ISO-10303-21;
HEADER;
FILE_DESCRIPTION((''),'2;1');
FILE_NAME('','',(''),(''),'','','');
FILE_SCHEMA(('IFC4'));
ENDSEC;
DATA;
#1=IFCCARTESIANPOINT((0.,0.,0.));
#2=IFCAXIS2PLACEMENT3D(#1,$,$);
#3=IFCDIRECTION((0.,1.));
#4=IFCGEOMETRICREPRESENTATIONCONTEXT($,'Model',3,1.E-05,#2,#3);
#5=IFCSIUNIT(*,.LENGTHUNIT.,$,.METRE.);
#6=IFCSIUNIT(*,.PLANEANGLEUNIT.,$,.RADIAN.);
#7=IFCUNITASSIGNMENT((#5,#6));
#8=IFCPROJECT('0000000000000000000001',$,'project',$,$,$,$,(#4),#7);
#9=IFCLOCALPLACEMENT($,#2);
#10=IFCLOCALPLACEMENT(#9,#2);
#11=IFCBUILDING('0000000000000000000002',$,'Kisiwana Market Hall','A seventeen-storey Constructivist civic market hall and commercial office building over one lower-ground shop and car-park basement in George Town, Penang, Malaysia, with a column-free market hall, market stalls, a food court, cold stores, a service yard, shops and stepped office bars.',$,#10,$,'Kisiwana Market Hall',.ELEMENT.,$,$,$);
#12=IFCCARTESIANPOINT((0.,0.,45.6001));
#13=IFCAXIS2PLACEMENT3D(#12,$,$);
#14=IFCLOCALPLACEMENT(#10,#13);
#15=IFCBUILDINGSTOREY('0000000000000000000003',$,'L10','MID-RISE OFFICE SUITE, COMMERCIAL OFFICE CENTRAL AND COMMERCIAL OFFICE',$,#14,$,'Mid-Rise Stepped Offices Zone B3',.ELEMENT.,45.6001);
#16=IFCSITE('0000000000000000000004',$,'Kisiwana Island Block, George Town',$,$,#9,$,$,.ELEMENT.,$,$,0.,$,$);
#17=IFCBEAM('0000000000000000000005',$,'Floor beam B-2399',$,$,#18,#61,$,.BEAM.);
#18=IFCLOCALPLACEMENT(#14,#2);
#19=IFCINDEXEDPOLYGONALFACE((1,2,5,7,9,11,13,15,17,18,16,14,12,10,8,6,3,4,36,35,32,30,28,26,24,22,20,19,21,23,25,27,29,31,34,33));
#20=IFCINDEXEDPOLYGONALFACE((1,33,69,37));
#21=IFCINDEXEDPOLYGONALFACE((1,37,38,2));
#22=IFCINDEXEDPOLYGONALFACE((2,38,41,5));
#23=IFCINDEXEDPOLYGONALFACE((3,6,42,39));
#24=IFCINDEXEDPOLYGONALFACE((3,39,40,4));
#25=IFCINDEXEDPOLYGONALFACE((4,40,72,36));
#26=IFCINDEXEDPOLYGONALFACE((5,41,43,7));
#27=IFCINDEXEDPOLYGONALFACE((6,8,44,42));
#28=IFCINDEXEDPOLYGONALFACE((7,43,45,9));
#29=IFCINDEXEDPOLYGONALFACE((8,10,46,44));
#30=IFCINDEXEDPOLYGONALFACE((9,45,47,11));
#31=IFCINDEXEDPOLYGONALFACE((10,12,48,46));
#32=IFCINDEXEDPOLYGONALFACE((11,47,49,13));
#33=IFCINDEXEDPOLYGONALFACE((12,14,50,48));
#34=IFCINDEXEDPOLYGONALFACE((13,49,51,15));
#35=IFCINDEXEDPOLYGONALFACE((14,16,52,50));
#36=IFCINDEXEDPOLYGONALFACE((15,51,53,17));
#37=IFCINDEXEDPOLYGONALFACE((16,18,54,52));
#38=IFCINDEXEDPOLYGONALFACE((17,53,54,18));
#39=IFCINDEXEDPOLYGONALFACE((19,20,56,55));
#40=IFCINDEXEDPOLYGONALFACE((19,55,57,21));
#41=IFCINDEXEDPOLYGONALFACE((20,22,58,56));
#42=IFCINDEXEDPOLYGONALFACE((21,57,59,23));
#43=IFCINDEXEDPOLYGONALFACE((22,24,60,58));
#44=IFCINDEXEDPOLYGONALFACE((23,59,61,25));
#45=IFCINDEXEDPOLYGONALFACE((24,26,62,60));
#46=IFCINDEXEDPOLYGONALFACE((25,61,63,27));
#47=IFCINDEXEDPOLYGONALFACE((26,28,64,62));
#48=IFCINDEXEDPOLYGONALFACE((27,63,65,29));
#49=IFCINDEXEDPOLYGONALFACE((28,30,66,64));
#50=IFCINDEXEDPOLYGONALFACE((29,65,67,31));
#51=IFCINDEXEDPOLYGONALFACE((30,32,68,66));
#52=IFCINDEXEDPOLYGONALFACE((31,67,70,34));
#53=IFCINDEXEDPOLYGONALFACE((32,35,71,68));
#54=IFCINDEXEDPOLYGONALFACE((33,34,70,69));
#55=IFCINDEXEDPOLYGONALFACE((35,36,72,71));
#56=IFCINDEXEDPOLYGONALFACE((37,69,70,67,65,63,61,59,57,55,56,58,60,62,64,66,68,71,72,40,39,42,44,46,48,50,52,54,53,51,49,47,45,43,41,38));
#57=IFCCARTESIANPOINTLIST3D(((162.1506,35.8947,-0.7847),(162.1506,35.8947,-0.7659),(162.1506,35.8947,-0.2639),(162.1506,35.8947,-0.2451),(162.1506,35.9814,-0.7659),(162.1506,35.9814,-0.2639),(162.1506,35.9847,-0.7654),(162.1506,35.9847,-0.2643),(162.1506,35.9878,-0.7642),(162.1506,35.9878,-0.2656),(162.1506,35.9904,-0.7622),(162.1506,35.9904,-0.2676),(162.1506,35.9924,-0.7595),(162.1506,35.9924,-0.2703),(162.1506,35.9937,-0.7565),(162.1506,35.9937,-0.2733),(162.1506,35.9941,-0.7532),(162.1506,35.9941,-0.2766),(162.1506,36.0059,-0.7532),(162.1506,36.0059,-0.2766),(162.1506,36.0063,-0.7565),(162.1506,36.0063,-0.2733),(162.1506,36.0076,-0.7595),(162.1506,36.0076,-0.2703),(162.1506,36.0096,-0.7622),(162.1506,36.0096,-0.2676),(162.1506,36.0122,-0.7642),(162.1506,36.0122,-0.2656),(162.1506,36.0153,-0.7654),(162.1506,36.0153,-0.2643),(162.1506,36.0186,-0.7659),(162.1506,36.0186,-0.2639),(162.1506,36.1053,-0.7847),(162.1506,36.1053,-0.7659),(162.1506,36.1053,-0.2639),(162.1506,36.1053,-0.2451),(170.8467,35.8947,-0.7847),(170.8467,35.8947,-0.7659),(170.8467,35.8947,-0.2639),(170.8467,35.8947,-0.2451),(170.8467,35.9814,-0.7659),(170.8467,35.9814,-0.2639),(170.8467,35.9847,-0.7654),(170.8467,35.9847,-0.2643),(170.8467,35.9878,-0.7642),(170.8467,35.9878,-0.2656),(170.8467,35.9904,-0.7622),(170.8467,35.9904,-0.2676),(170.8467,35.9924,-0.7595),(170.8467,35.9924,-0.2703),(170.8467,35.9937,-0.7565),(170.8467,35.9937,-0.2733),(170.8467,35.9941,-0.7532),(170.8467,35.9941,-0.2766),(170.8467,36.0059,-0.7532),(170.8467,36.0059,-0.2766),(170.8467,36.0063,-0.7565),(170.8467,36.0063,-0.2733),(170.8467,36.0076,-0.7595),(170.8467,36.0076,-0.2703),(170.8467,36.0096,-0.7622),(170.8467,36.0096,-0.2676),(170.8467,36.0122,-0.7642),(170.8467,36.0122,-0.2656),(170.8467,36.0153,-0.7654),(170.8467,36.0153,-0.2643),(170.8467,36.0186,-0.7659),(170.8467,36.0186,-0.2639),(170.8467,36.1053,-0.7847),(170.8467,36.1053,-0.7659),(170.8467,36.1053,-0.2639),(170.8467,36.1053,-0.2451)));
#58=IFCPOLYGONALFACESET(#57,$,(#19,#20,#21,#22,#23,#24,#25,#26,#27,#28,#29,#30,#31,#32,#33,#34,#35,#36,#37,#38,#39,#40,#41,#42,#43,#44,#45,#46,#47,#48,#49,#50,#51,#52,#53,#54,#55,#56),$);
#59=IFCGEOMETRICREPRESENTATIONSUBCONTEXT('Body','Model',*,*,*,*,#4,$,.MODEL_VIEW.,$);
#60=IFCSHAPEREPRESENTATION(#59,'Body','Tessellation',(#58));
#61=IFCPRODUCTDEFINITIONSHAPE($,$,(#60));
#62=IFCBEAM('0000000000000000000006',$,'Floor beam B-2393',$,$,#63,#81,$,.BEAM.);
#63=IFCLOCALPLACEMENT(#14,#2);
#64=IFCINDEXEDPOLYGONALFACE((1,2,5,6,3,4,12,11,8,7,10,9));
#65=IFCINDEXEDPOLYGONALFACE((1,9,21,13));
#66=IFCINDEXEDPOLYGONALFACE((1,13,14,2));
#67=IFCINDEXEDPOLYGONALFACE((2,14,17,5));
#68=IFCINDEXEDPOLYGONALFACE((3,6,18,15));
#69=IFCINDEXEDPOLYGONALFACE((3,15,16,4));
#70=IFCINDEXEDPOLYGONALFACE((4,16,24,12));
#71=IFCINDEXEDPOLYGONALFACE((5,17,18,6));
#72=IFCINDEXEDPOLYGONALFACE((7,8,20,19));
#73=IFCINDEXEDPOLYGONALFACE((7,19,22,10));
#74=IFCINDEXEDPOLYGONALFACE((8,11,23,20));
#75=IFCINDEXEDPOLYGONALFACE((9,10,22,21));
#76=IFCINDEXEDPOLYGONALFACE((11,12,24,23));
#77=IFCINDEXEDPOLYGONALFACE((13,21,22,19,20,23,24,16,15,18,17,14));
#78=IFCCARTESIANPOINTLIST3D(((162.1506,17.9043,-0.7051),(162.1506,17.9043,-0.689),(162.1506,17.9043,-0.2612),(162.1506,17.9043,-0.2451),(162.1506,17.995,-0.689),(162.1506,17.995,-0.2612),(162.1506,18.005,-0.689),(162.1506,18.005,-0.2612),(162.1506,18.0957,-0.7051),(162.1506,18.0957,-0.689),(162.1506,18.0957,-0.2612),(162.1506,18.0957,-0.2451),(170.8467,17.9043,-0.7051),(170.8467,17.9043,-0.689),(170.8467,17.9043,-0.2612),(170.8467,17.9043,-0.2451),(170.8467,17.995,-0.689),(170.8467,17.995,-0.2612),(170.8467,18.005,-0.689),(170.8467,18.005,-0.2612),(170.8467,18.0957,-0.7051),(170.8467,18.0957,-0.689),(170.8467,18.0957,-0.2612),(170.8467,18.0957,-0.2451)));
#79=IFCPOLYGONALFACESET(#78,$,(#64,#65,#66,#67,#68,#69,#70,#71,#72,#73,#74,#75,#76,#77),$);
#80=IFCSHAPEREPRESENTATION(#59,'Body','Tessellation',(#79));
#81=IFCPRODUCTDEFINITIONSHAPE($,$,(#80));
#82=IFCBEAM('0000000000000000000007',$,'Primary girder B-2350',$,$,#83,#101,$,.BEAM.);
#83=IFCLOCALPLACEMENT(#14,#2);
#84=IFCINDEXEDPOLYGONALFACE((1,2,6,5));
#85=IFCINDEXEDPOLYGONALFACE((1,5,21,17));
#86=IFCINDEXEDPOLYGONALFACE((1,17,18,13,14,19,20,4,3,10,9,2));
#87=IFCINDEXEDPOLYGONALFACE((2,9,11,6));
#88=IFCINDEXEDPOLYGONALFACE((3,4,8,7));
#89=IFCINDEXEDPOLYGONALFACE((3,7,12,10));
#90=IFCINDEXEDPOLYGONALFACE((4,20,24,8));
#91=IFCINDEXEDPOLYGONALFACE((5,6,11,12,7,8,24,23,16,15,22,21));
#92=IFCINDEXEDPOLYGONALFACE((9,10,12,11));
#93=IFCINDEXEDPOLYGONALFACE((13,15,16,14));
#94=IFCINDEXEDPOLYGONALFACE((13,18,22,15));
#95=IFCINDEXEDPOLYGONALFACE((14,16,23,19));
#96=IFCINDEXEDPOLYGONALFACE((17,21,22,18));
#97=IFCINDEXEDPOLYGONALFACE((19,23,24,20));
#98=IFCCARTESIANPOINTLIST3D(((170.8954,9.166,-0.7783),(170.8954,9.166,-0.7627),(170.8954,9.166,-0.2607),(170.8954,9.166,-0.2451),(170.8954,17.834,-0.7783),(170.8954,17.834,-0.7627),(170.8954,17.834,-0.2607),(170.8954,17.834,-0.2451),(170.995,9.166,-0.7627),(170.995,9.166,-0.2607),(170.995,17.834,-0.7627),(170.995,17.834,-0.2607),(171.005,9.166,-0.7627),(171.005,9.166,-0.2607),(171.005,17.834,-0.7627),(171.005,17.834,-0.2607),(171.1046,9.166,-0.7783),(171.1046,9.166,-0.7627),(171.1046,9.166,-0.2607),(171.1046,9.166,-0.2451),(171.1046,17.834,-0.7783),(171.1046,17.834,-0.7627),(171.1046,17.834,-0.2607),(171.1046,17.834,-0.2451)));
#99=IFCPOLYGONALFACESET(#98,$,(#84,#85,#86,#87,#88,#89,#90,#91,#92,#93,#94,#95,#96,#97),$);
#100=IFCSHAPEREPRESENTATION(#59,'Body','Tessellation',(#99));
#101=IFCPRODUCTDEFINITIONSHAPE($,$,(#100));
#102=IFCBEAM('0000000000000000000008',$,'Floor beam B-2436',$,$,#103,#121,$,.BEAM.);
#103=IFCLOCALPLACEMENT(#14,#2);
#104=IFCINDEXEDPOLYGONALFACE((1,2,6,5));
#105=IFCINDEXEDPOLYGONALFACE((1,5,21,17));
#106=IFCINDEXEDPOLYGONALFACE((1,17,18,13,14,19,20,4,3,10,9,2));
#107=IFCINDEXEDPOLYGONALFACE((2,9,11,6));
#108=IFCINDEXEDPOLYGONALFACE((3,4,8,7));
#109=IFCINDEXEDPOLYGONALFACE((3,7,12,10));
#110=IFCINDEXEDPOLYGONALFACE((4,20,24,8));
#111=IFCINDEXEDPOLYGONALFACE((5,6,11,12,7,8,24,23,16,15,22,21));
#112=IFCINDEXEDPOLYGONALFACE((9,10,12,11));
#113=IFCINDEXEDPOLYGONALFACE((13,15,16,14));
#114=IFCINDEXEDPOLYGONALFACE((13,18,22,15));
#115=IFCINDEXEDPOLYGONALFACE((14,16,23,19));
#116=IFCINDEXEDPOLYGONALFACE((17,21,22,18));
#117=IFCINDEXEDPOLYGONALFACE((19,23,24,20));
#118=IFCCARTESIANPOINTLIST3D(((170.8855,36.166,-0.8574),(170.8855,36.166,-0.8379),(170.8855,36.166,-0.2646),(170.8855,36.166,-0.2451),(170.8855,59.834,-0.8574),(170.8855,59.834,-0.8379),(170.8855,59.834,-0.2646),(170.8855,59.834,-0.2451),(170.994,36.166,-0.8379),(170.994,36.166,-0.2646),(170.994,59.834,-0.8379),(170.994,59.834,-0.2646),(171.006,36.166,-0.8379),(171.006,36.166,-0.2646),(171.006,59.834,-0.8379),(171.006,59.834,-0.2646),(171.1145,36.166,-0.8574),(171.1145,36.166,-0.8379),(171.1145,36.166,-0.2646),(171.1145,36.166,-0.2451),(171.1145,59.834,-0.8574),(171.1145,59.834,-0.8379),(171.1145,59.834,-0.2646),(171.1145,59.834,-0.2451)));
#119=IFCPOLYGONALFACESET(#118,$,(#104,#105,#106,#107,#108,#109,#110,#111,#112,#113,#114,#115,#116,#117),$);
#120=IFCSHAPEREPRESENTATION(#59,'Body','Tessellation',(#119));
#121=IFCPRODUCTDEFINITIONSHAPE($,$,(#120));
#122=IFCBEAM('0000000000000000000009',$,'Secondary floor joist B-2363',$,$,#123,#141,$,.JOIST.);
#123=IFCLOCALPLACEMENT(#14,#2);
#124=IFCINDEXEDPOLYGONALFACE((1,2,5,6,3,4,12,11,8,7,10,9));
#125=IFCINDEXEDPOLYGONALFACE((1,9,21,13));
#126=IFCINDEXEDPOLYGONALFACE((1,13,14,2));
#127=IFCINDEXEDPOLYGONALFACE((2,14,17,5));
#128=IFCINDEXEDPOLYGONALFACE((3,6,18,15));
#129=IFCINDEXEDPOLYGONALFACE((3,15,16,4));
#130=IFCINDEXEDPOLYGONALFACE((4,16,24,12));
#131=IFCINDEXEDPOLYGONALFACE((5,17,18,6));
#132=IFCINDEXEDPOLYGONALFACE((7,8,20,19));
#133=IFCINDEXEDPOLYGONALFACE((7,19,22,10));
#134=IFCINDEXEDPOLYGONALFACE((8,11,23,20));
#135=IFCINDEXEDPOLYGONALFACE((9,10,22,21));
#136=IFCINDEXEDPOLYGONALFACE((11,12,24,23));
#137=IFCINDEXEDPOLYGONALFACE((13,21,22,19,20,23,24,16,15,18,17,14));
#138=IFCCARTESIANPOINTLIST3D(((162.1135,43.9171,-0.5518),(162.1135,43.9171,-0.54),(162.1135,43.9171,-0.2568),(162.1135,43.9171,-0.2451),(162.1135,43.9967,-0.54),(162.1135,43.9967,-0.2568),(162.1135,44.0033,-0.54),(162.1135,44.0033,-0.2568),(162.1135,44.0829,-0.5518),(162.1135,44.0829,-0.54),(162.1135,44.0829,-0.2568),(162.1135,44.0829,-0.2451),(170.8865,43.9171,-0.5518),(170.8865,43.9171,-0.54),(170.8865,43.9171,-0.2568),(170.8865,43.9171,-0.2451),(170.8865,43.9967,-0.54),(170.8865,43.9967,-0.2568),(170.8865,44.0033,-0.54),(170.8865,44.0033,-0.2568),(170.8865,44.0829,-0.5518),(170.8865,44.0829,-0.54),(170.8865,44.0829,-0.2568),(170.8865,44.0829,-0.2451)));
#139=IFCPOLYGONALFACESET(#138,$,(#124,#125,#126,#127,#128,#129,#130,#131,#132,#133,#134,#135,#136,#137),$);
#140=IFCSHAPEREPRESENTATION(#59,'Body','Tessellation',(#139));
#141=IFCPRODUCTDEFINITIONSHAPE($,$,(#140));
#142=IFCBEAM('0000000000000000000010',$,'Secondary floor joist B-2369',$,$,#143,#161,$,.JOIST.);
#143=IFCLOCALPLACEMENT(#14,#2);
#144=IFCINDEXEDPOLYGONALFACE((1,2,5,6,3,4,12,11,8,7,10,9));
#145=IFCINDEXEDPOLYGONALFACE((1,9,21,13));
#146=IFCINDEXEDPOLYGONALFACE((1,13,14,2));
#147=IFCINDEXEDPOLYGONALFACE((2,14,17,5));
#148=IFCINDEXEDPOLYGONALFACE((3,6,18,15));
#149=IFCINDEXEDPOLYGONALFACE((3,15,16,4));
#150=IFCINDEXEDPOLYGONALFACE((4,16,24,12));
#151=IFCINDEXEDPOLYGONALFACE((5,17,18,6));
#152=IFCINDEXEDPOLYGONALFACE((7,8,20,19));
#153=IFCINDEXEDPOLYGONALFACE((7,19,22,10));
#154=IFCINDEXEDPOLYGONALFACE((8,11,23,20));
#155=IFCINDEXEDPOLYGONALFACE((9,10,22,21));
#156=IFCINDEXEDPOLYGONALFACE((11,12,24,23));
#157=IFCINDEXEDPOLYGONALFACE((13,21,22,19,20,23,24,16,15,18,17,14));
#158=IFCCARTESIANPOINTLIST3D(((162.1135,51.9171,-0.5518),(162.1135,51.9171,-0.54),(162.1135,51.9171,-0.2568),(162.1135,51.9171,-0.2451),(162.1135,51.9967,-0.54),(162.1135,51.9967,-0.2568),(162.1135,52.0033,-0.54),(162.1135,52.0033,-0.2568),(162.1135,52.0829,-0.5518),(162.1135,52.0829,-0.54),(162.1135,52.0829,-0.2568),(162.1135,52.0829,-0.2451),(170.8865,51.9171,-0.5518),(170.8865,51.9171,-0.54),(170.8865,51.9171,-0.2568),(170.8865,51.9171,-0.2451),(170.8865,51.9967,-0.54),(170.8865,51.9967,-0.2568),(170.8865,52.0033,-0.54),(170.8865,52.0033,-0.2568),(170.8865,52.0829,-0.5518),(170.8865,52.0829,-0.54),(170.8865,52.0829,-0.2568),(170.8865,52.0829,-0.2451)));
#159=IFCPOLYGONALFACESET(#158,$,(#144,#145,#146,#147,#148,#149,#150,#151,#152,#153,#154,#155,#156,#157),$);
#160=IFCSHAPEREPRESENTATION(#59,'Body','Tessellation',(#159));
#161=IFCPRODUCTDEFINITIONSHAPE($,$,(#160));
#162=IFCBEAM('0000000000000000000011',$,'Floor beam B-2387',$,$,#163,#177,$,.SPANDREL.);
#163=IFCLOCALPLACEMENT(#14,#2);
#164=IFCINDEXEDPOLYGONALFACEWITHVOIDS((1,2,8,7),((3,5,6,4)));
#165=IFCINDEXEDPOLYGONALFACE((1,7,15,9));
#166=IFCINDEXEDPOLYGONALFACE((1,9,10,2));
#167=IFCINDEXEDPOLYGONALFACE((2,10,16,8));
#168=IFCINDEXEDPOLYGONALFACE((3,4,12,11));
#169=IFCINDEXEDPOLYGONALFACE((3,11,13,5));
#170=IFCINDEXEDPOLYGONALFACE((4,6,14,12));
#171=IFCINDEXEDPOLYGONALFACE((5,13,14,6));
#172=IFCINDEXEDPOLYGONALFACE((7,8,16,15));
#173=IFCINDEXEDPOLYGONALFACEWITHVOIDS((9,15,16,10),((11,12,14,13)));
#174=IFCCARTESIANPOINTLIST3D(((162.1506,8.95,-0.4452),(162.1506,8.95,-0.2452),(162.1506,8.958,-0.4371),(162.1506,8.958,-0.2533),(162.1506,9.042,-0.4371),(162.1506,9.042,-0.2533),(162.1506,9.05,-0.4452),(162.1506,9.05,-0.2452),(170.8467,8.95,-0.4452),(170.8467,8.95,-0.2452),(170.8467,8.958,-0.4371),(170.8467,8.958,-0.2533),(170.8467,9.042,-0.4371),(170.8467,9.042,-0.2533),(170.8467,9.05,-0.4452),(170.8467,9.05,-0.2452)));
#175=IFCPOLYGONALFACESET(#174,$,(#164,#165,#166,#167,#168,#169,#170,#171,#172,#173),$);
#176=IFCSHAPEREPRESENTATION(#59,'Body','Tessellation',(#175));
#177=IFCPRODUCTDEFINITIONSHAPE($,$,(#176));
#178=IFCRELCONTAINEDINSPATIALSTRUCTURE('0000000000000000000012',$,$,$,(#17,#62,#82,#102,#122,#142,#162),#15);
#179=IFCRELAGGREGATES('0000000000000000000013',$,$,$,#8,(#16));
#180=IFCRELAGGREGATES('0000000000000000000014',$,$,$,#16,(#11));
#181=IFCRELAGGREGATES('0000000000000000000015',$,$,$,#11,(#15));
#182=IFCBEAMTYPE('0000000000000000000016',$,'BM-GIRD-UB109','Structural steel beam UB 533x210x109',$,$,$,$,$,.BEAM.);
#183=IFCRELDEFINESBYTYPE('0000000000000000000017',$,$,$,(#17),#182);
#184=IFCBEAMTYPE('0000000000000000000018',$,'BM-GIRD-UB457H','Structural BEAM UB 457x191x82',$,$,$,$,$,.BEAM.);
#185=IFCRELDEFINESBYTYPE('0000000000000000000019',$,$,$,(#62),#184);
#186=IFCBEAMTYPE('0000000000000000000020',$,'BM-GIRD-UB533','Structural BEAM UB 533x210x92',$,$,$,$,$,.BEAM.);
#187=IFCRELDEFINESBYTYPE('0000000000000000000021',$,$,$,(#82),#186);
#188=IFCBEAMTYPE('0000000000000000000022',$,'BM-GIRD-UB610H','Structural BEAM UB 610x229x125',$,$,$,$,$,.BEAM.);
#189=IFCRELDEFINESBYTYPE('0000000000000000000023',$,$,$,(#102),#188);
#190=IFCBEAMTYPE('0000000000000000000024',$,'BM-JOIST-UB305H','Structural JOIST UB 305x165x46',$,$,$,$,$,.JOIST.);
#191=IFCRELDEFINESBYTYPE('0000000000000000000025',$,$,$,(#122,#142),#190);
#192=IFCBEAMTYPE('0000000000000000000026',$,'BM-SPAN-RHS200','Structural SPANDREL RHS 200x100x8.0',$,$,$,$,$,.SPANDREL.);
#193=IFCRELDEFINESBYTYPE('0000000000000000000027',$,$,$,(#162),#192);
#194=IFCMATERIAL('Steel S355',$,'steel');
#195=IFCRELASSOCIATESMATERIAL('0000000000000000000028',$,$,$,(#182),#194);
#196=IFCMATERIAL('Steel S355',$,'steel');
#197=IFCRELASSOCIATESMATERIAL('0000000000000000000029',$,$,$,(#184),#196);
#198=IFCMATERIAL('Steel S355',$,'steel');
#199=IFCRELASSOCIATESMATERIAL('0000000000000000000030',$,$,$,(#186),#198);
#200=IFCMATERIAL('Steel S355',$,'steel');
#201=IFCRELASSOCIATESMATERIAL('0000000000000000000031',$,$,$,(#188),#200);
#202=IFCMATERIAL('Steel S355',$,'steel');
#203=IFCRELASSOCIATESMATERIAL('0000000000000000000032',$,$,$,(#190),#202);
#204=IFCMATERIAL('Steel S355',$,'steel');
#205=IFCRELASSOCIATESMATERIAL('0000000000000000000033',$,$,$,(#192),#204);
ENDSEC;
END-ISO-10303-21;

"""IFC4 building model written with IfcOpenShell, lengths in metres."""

from ifc_helpers import new_model, si_unit, direction, frame, origin, origin_2d, place, context, subcontext, project, spatial, hollow_rectangle, i_section, extrude, material, material_profile, profile_set, type_object, element, save


model = new_model("IFC4")

# Units and contexts
model_context = context("Model", 3, precision=1e-05, world=origin(), true_north=direction((0.0, 1.0)))
body_context = subcontext(model_context, "Body", "Model", "MODEL_VIEW")
ifc_project = project(units=[si_unit("LENGTHUNIT", "METRE"), si_unit("PLANEANGLEUNIT", "RADIAN")], contexts=[model_context])

# Site, building, storey
site_placement = place(None, origin())
site = spatial("IfcSite", under=ifc_project, at=site_placement, Name="Kisiwana Island Block, George Town", CompositionType="ELEMENT", RefElevation=0.0)
building_placement = place(site_placement, origin())
building = spatial("IfcBuilding", under=site, at=building_placement, Name="Kisiwana Market Hall", Description="A seventeen-storey Constructivist civic market hall and commercial office building over one lower-ground shop and car-park basement in George Town, Penang, Malaysia, with a column-free market hall, market stalls, a food court, cold stores, a service yard, shops and stepped office bars.", LongName="Kisiwana Market Hall", CompositionType="ELEMENT")
storey_placement = place(building_placement, frame((0.0, 0.0, 45.6001)))
storey = spatial("IfcBuildingStorey", under=building, at=storey_placement, Name="L10", Description="MID-RISE OFFICE SUITE, COMMERCIAL OFFICE CENTRAL AND COMMERCIAL OFFICE", LongName="Mid-Rise Stepped Offices Zone B3", CompositionType="ELEMENT", Elevation=45.6001)

# Beams
ifc_material_1 = material(Name="Steel S355", Category="steel")
ifc_material_profile_1 = material_profile(ifc_material_1, i_section(OverallWidth=0.2107, OverallDepth=0.5396, WebThickness=0.0117, FlangeThickness=0.0188, FilletRadius=0.0127, at=origin_2d()), Name="UB 533x210x109")
ifc_profile_set_1 = profile_set([ifc_material_profile_1], Name="Steel S355")
beam_type_1 = type_object("IfcBeamType", Name="BM-GIRD-UB109", Description="Structural steel beam UB 533x210x109", PredefinedType="BEAM", material=ifc_profile_set_1)
beam_1_placement = place(storey_placement, frame((162.1506, 36.0, -0.5149), z_axis=(1.0, 0.0, 0.0), x_axis=(0.0, 1.0, 0.0)))
element("IfcBeam", 1, at=beam_1_placement, inside=storey, type_object=beam_type_1, Name="Floor beam B-2399", PredefinedType="BEAM", context=body_context, shape_type="SweptSolid", body=[
    extrude(i_section(OverallWidth=0.2107, OverallDepth=0.5396, WebThickness=0.0117, FlangeThickness=0.0188, FilletRadius=0.0127, at=origin_2d()), origin(), (0.0, 0.0, 1.0), 8.696),
])
ifc_material_2 = material(Name="Steel S355", Category="steel")
ifc_material_profile_2 = material_profile(ifc_material_2, i_section(OverallWidth=0.1914, OverallDepth=0.46, WebThickness=0.01, FlangeThickness=0.0161, at=origin_2d()), Name="UB 457x191x82")
ifc_profile_set_2 = profile_set([ifc_material_profile_2], Name="Steel S355")
beam_type_2 = type_object("IfcBeamType", Name="BM-GIRD-UB457H", Description="Structural BEAM UB 457x191x82", PredefinedType="BEAM", material=ifc_profile_set_2)
beam_2_placement = place(storey_placement, frame((162.1506, 18.0, -0.4751), z_axis=(1.0, 0.0, 0.0), x_axis=(0.0, 1.0, 0.0)))
element("IfcBeam", 2, at=beam_2_placement, inside=storey, type_object=beam_type_2, Name="Floor beam B-2393", PredefinedType="BEAM", context=body_context, shape_type="SweptSolid", body=[
    extrude(i_section(OverallWidth=0.1914, OverallDepth=0.46, WebThickness=0.01, FlangeThickness=0.0161, at=origin_2d()), origin(), (0.0, 0.0, 1.0), 8.696),
])
ifc_material_3 = material(Name="Steel S355", Category="steel")
ifc_material_profile_3 = material_profile(ifc_material_3, i_section(OverallWidth=0.2092, OverallDepth=0.5332, WebThickness=0.01, FlangeThickness=0.0156, at=origin_2d()), Name="UB 533x210x92")
ifc_profile_set_3 = profile_set([ifc_material_profile_3], Name="Steel S355")
beam_type_3 = type_object("IfcBeamType", Name="BM-GIRD-UB533", Description="Structural BEAM UB 533x210x92", PredefinedType="BEAM", material=ifc_profile_set_3)
beam_3_placement = place(storey_placement, frame((171.0, 9.166, -0.5117), z_axis=(0.0, 1.0, 0.0), x_axis=(-1.0, 0.0, 0.0)))
element("IfcBeam", 3, at=beam_3_placement, inside=storey, type_object=beam_type_3, Name="Primary girder B-2350", PredefinedType="BEAM", context=body_context, shape_type="SweptSolid", body=[
    extrude(i_section(OverallWidth=0.2092, OverallDepth=0.5332, WebThickness=0.01, FlangeThickness=0.0156, at=origin_2d()), origin(), (0.0, 0.0, 1.0), 8.668),
])
ifc_material_4 = material(Name="Steel S355", Category="steel")
ifc_material_profile_4 = material_profile(ifc_material_4, i_section(OverallWidth=0.229, OverallDepth=0.6123, WebThickness=0.012, FlangeThickness=0.0195, at=origin_2d()), Name="UB 610x229x125")
ifc_profile_set_4 = profile_set([ifc_material_profile_4], Name="Steel S355")
beam_type_4 = type_object("IfcBeamType", Name="BM-GIRD-UB610H", Description="Structural BEAM UB 610x229x125", PredefinedType="BEAM", material=ifc_profile_set_4)
beam_4_placement = place(storey_placement, frame((171.0, 36.166, -0.5513), z_axis=(0.0, 1.0, 0.0), x_axis=(-1.0, 0.0, 0.0)))
element("IfcBeam", 4, at=beam_4_placement, inside=storey, type_object=beam_type_4, Name="Floor beam B-2436", PredefinedType="BEAM", context=body_context, shape_type="SweptSolid", body=[
    extrude(i_section(OverallWidth=0.229, OverallDepth=0.6123, WebThickness=0.012, FlangeThickness=0.0195, at=origin_2d()), origin(), (0.0, 0.0, 1.0), 23.668),
])
ifc_material_5 = material(Name="Steel S355", Category="steel")
ifc_material_profile_5 = material_profile(ifc_material_5, i_section(OverallWidth=0.1658, OverallDepth=0.3066, WebThickness=0.0066, FlangeThickness=0.0117, at=origin_2d()), Name="UB 305x165x46")
ifc_profile_set_5 = profile_set([ifc_material_profile_5], Name="Steel S355")
beam_type_5 = type_object("IfcBeamType", Name="BM-JOIST-UB305H", Description="Structural JOIST UB 305x165x46", PredefinedType="JOIST", material=ifc_profile_set_5)
for number, where, z_axis, x_axis, name in (
    (5, (162.1135, 44.0, -0.3984), (1.0, 0.0, 0.0), (0.0, 1.0, 0.0), "Secondary floor joist B-2363"),
    (6, (162.1135, 52.0, -0.3984), (1.0, 0.0, 0.0), (0.0, 1.0, 0.0), "Secondary floor joist B-2369"),
):
    element("IfcBeam", number, at=place(storey_placement, frame(where, z_axis=z_axis, x_axis=x_axis)), inside=storey, type_object=beam_type_5, Name=name, PredefinedType="JOIST", context=body_context, shape_type="SweptSolid", body=[
        extrude(i_section(OverallWidth=0.1658, OverallDepth=0.3066, WebThickness=0.0066, FlangeThickness=0.0117, at=origin_2d()), origin(), (0.0, 0.0, 1.0), 8.7729),
    ])
ifc_material_6 = material(Name="Steel S355", Category="steel")
ifc_material_profile_6 = material_profile(ifc_material_6, hollow_rectangle(XDim=0.1001, YDim=0.2, WallThickness=0.0081, at=origin_2d()), Name="RHS 200x100x8.0")
ifc_profile_set_6 = profile_set([ifc_material_profile_6], Name="Steel S355")
beam_type_6 = type_object("IfcBeamType", Name="BM-SPAN-RHS200", Description="Structural SPANDREL RHS 200x100x8.0", PredefinedType="SPANDREL", material=ifc_profile_set_6)
beam_5_placement = place(storey_placement, frame((162.1506, 9.0, -0.3452), z_axis=(1.0, 0.0, 0.0), x_axis=(0.0, 1.0, 0.0)))
element("IfcBeam", 7, at=beam_5_placement, inside=storey, type_object=beam_type_6, Name="Floor beam B-2387", PredefinedType="SPANDREL", context=body_context, shape_type="SweptSolid", body=[
    extrude(hollow_rectangle(XDim=0.1001, YDim=0.2, WallThickness=0.0081, at=origin_2d()), origin(), (0.0, 0.0, 1.0), 8.696),
])

save(model, "model.ifc")
